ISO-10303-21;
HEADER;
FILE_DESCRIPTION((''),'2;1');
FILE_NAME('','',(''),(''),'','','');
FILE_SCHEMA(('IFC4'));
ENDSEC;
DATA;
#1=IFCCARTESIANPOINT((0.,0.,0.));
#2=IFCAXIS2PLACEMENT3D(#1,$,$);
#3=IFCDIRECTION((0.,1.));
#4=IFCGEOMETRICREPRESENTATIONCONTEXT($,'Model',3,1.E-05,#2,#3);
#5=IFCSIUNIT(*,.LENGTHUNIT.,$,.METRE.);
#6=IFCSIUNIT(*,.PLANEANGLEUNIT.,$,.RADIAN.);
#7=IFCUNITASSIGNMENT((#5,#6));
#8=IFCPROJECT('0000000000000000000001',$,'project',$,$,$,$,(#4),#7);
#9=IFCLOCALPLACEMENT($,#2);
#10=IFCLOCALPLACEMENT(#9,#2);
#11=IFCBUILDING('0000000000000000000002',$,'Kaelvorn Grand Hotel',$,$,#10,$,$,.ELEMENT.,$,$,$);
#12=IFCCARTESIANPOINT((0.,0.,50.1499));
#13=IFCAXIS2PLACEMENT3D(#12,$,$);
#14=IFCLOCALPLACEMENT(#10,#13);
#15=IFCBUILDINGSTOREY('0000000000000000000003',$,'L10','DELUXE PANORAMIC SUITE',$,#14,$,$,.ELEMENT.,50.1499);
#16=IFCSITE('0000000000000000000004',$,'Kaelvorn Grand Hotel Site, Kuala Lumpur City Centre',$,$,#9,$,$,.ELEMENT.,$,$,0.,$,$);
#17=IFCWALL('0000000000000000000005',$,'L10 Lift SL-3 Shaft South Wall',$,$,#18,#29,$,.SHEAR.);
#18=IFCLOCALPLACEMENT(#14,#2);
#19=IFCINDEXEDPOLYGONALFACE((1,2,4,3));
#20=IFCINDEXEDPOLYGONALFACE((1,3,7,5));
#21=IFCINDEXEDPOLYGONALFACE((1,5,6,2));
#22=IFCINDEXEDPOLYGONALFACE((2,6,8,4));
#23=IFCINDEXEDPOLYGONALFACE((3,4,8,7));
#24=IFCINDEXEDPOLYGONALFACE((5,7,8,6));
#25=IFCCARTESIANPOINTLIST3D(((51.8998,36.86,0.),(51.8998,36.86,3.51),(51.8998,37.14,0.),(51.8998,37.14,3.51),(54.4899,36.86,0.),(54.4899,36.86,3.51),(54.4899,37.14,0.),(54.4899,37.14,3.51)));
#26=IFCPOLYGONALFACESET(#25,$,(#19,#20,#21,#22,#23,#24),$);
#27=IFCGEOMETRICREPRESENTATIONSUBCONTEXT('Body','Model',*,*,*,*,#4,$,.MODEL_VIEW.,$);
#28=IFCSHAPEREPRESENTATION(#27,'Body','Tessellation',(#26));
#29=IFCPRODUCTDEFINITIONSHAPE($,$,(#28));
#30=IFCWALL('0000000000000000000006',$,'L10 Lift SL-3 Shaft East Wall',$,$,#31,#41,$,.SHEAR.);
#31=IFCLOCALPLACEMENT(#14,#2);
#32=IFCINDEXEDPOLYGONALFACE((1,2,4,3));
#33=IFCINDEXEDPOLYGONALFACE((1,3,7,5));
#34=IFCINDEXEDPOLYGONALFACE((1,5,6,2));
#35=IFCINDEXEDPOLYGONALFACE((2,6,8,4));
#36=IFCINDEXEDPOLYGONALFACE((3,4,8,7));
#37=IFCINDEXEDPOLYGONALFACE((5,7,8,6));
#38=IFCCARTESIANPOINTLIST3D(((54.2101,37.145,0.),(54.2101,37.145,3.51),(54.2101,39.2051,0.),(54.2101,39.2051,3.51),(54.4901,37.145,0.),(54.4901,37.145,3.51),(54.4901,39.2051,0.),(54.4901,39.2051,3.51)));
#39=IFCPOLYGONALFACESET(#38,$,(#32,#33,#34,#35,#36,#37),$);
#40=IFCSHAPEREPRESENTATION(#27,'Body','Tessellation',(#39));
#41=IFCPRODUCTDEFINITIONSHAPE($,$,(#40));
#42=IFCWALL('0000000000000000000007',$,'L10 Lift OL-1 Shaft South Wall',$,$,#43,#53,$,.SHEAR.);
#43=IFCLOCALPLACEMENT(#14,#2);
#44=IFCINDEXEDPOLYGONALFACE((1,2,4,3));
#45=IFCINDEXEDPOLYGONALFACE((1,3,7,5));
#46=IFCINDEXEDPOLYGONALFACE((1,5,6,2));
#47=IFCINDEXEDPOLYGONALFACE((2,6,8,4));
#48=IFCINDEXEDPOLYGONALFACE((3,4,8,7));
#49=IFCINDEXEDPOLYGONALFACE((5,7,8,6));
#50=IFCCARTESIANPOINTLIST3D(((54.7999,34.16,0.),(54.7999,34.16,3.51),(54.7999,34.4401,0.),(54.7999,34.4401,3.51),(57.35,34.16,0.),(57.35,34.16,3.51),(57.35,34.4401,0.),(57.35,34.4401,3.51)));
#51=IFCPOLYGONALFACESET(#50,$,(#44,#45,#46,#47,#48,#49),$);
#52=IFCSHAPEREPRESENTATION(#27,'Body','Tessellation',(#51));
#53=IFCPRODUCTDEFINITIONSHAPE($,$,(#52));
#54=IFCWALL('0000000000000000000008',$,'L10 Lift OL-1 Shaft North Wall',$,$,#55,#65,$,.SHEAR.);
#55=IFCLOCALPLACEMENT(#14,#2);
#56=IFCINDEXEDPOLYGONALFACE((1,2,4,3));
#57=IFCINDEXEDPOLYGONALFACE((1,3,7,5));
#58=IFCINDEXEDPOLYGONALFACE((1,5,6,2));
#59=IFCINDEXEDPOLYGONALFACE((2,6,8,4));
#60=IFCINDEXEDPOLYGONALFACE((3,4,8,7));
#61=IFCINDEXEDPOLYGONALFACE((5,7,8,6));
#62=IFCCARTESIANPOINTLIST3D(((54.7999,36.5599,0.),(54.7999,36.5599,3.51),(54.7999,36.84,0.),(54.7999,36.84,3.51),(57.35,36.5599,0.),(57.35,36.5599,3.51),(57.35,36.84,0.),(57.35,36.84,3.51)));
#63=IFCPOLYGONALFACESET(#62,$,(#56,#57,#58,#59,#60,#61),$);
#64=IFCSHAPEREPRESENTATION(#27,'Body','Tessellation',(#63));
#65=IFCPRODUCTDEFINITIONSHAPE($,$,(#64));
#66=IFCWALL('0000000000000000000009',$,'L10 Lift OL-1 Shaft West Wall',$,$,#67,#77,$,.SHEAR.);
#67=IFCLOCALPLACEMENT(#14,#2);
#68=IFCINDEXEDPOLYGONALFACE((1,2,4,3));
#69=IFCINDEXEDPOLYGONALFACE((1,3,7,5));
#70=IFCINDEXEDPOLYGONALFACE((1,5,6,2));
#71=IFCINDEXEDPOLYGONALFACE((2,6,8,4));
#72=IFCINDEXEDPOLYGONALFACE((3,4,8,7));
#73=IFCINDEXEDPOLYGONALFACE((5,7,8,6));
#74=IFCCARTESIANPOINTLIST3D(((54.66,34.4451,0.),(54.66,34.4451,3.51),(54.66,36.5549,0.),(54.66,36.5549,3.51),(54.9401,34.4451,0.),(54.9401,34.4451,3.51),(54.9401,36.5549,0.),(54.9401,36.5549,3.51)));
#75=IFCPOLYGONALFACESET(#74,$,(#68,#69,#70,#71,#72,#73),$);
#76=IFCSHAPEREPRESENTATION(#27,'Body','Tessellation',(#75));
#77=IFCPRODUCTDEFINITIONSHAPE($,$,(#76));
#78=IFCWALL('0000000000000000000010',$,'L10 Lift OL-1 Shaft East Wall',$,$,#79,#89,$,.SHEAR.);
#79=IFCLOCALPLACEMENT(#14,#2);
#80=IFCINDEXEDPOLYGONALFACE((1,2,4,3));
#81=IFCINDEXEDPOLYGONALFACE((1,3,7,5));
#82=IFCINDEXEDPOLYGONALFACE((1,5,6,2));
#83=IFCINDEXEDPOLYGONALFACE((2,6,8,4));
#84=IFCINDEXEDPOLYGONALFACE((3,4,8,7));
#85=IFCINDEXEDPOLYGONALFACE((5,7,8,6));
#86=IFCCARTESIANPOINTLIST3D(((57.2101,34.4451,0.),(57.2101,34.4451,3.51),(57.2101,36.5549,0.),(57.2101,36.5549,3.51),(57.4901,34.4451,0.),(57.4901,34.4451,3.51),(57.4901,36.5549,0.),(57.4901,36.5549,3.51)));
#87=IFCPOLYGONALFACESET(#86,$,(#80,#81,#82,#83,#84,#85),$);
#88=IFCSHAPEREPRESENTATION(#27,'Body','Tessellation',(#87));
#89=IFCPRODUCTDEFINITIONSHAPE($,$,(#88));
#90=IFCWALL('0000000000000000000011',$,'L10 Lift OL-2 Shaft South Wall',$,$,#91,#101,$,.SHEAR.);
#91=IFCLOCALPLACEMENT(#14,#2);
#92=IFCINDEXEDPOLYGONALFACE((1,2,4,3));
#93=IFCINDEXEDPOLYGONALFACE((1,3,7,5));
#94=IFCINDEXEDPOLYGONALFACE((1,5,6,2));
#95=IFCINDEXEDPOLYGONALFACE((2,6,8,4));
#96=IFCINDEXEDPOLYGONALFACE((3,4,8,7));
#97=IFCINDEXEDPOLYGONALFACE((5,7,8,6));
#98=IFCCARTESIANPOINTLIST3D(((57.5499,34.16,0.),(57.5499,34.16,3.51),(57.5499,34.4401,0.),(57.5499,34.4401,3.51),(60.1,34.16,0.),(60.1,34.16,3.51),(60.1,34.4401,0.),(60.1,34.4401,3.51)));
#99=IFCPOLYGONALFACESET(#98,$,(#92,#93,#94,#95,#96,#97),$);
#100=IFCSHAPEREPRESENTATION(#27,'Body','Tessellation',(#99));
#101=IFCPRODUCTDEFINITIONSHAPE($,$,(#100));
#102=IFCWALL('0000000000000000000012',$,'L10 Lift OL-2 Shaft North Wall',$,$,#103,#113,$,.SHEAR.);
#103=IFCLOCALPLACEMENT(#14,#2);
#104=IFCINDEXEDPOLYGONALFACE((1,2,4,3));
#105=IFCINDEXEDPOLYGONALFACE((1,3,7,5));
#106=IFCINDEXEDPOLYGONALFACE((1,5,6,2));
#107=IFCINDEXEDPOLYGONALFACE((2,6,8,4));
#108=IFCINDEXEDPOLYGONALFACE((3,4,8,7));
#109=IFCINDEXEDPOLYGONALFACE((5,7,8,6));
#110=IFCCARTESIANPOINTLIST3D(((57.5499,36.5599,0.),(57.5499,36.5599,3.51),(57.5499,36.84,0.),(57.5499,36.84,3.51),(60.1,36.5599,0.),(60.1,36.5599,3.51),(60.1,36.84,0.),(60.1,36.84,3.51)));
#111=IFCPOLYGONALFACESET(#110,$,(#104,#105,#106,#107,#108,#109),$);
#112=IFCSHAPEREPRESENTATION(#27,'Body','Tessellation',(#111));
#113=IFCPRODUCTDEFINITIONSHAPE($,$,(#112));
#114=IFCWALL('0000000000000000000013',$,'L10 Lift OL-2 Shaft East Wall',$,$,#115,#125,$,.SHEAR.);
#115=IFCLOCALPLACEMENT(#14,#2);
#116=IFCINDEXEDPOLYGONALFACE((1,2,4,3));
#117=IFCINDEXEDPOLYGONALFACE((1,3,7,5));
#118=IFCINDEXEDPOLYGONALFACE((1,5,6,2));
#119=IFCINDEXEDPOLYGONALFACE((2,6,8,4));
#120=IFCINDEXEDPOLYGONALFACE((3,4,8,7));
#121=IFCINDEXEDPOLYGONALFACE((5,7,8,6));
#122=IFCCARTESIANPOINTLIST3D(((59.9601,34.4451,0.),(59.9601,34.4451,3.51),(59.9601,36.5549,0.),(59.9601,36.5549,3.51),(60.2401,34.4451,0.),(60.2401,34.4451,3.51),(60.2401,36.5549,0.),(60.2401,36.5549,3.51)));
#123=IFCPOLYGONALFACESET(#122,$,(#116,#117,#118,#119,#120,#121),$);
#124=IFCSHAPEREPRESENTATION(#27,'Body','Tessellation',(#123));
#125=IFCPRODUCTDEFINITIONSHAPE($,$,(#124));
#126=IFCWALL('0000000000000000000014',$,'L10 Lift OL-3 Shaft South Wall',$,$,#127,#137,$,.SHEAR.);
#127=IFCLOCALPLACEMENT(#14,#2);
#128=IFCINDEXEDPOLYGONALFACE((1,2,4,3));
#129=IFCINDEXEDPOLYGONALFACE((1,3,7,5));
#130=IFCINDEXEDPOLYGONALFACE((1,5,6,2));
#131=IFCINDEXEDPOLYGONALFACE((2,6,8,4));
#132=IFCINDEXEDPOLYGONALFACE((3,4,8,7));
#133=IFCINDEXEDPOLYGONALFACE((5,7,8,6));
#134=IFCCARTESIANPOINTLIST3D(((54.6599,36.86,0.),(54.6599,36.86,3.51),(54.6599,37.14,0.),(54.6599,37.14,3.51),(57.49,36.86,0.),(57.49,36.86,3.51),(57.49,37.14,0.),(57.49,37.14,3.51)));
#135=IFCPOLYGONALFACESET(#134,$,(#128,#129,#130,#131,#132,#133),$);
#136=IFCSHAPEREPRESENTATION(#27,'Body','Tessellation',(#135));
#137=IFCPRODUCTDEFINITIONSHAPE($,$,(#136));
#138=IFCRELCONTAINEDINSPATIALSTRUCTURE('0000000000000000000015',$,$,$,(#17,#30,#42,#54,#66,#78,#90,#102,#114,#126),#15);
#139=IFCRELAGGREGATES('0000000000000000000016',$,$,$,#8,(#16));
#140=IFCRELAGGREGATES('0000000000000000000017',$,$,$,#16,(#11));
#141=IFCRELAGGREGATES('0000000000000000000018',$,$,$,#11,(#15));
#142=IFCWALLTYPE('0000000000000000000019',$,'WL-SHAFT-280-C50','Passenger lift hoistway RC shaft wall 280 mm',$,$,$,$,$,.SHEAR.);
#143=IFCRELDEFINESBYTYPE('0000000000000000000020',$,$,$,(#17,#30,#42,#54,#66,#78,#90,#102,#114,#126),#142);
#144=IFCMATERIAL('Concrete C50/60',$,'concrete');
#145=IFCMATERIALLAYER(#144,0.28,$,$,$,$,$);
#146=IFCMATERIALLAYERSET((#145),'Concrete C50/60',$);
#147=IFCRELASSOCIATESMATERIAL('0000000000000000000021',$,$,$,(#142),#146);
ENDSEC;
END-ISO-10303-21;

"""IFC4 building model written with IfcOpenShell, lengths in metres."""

from ifc_helpers import new_model, si_unit, direction, frame, frame_2d, origin, place, context, subcontext, project, spatial, rectangle, extrude, material, layer, layer_set, type_object, element, save


model = new_model("IFC4")

# Units and contexts
model_context = context("Model", 3, precision=1e-05, world=origin(), true_north=direction((0.0, 1.0)))
body_context = subcontext(model_context, "Body", "Model", "MODEL_VIEW")
ifc_project = project(units=[si_unit("LENGTHUNIT", "METRE"), si_unit("PLANEANGLEUNIT", "RADIAN")], contexts=[model_context])

# Site, building, storey
site_placement = place(None, origin())
site = spatial("IfcSite", under=ifc_project, at=site_placement, Name="Kaelvorn Grand Hotel Site, Kuala Lumpur City Centre", CompositionType="ELEMENT", RefElevation=0.0)
building_placement = place(site_placement, origin())
building = spatial("IfcBuilding", under=site, at=building_placement, Name="Kaelvorn Grand Hotel", CompositionType="ELEMENT")
storey_placement = place(building_placement, frame((0.0, 0.0, 50.1499)))
storey = spatial("IfcBuildingStorey", under=building, at=storey_placement, Name="L10", Description="DELUXE PANORAMIC SUITE", CompositionType="ELEMENT", Elevation=50.1499)

# Walls
ifc_material_1 = material(Name="Concrete C50/60", Category="concrete")
ifc_layer_1 = layer(ifc_material_1, 0.28)
ifc_layer_set_1 = layer_set([ifc_layer_1], Name="Concrete C50/60")
wall_type_1 = type_object("IfcWallType", Name="WL-SHAFT-280-C50", Description="Passenger lift hoistway RC shaft wall 280 mm", PredefinedType="SHEAR", material=ifc_layer_set_1)
wall_1_placement = place(storey_placement, frame((51.8999, 37.0, 0.0), z_axis=(0.0, 0.0, 1.0), x_axis=(1.0, 0.0, 0.0)))
element("IfcWall", 1, at=wall_1_placement, inside=storey, type_object=wall_type_1, Name="L10 Lift SL-3 Shaft South Wall", PredefinedType="SHEAR", context=body_context, shape_type="SweptSolid", body=[
    extrude(rectangle(XDim=2.5901, YDim=0.28, at=frame_2d((1.2949, 0.0))), origin(), (0.0, 0.0, 1.0), 3.51),
])
wall_2_placement = place(storey_placement, frame((54.3501, 37.145, 0.0), z_axis=(0.0, 0.0, 1.0), x_axis=(0.0, 1.0, 0.0)))
element("IfcWall", 2, at=wall_2_placement, inside=storey, type_object=wall_type_1, Name="L10 Lift SL-3 Shaft East Wall", PredefinedType="SHEAR", context=body_context, shape_type="SweptSolid", body=[
    extrude(rectangle(XDim=2.0601, YDim=0.28, at=frame_2d((1.03, 0.0))), origin(), (0.0, 0.0, 1.0), 3.51),
])
for number, where, z_axis, x_axis, name in (
    (3, (54.8, 34.3, 0.0), (0.0, 0.0, 1.0), (1.0, 0.0, 0.0), "L10 Lift OL-1 Shaft South Wall"),
    (4, (54.8, 36.7, 0.0), (0.0, 0.0, 1.0), (1.0, 0.0, 0.0), "L10 Lift OL-1 Shaft North Wall"),
):
    element("IfcWall", number, at=place(storey_placement, frame(where, z_axis=z_axis, x_axis=x_axis)), inside=storey, type_object=wall_type_1, Name=name, PredefinedType="SHEAR", context=body_context, shape_type="SweptSolid", body=[
        extrude(rectangle(XDim=2.55, YDim=0.28, at=frame_2d((1.2749, 0.0))), origin(), (0.0, 0.0, 1.0), 3.51),
    ])
for number, where, z_axis, x_axis, name in (
    (5, (54.8, 34.4451, 0.0), (0.0, 0.0, 1.0), (0.0, 1.0, 0.0), "L10 Lift OL-1 Shaft West Wall"),
    (6, (57.3501, 34.4451, 0.0), (0.0, 0.0, 1.0), (0.0, 1.0, 0.0), "L10 Lift OL-1 Shaft East Wall"),
):
    element("IfcWall", number, at=place(storey_placement, frame(where, z_axis=z_axis, x_axis=x_axis)), inside=storey, type_object=wall_type_1, Name=name, PredefinedType="SHEAR", context=body_context, shape_type="SweptSolid", body=[
        extrude(rectangle(XDim=2.1099, YDim=0.28, at=frame_2d((1.0549, 0.0))), origin(), (0.0, 0.0, 1.0), 3.51),
    ])
for number, where, z_axis, x_axis, name in (
    (7, (57.55, 34.3, 0.0), (0.0, 0.0, 1.0), (1.0, 0.0, 0.0), "L10 Lift OL-2 Shaft South Wall"),
    (8, (57.55, 36.7, 0.0), (0.0, 0.0, 1.0), (1.0, 0.0, 0.0), "L10 Lift OL-2 Shaft North Wall"),
):
    element("IfcWall", number, at=place(storey_placement, frame(where, z_axis=z_axis, x_axis=x_axis)), inside=storey, type_object=wall_type_1, Name=name, PredefinedType="SHEAR", context=body_context, shape_type="SweptSolid", body=[
        extrude(rectangle(XDim=2.55, YDim=0.28, at=frame_2d((1.2749, 0.0))), origin(), (0.0, 0.0, 1.0), 3.51),
    ])
wall_3_placement = place(storey_placement, frame((60.1001, 34.4451, 0.0), z_axis=(0.0, 0.0, 1.0), x_axis=(0.0, 1.0, 0.0)))
element("IfcWall", 9, at=wall_3_placement, inside=storey, type_object=wall_type_1, Name="L10 Lift OL-2 Shaft East Wall", PredefinedType="SHEAR", context=body_context, shape_type="SweptSolid", body=[
    extrude(rectangle(XDim=2.1099, YDim=0.28, at=frame_2d((1.0549, 0.0))), origin(), (0.0, 0.0, 1.0), 3.51),
])
wall_4_placement = place(storey_placement, frame((54.6599, 37.0, 0.0), z_axis=(0.0, 0.0, 1.0), x_axis=(1.0, 0.0, 0.0)))
element("IfcWall", 10, at=wall_4_placement, inside=storey, type_object=wall_type_1, Name="L10 Lift OL-3 Shaft South Wall", PredefinedType="SHEAR", context=body_context, shape_type="SweptSolid", body=[
    extrude(rectangle(XDim=2.8301, YDim=0.28, at=frame_2d((1.415, 0.0))), origin(), (0.0, 0.0, 1.0), 3.51),
])

save(model, "model.ifc")
